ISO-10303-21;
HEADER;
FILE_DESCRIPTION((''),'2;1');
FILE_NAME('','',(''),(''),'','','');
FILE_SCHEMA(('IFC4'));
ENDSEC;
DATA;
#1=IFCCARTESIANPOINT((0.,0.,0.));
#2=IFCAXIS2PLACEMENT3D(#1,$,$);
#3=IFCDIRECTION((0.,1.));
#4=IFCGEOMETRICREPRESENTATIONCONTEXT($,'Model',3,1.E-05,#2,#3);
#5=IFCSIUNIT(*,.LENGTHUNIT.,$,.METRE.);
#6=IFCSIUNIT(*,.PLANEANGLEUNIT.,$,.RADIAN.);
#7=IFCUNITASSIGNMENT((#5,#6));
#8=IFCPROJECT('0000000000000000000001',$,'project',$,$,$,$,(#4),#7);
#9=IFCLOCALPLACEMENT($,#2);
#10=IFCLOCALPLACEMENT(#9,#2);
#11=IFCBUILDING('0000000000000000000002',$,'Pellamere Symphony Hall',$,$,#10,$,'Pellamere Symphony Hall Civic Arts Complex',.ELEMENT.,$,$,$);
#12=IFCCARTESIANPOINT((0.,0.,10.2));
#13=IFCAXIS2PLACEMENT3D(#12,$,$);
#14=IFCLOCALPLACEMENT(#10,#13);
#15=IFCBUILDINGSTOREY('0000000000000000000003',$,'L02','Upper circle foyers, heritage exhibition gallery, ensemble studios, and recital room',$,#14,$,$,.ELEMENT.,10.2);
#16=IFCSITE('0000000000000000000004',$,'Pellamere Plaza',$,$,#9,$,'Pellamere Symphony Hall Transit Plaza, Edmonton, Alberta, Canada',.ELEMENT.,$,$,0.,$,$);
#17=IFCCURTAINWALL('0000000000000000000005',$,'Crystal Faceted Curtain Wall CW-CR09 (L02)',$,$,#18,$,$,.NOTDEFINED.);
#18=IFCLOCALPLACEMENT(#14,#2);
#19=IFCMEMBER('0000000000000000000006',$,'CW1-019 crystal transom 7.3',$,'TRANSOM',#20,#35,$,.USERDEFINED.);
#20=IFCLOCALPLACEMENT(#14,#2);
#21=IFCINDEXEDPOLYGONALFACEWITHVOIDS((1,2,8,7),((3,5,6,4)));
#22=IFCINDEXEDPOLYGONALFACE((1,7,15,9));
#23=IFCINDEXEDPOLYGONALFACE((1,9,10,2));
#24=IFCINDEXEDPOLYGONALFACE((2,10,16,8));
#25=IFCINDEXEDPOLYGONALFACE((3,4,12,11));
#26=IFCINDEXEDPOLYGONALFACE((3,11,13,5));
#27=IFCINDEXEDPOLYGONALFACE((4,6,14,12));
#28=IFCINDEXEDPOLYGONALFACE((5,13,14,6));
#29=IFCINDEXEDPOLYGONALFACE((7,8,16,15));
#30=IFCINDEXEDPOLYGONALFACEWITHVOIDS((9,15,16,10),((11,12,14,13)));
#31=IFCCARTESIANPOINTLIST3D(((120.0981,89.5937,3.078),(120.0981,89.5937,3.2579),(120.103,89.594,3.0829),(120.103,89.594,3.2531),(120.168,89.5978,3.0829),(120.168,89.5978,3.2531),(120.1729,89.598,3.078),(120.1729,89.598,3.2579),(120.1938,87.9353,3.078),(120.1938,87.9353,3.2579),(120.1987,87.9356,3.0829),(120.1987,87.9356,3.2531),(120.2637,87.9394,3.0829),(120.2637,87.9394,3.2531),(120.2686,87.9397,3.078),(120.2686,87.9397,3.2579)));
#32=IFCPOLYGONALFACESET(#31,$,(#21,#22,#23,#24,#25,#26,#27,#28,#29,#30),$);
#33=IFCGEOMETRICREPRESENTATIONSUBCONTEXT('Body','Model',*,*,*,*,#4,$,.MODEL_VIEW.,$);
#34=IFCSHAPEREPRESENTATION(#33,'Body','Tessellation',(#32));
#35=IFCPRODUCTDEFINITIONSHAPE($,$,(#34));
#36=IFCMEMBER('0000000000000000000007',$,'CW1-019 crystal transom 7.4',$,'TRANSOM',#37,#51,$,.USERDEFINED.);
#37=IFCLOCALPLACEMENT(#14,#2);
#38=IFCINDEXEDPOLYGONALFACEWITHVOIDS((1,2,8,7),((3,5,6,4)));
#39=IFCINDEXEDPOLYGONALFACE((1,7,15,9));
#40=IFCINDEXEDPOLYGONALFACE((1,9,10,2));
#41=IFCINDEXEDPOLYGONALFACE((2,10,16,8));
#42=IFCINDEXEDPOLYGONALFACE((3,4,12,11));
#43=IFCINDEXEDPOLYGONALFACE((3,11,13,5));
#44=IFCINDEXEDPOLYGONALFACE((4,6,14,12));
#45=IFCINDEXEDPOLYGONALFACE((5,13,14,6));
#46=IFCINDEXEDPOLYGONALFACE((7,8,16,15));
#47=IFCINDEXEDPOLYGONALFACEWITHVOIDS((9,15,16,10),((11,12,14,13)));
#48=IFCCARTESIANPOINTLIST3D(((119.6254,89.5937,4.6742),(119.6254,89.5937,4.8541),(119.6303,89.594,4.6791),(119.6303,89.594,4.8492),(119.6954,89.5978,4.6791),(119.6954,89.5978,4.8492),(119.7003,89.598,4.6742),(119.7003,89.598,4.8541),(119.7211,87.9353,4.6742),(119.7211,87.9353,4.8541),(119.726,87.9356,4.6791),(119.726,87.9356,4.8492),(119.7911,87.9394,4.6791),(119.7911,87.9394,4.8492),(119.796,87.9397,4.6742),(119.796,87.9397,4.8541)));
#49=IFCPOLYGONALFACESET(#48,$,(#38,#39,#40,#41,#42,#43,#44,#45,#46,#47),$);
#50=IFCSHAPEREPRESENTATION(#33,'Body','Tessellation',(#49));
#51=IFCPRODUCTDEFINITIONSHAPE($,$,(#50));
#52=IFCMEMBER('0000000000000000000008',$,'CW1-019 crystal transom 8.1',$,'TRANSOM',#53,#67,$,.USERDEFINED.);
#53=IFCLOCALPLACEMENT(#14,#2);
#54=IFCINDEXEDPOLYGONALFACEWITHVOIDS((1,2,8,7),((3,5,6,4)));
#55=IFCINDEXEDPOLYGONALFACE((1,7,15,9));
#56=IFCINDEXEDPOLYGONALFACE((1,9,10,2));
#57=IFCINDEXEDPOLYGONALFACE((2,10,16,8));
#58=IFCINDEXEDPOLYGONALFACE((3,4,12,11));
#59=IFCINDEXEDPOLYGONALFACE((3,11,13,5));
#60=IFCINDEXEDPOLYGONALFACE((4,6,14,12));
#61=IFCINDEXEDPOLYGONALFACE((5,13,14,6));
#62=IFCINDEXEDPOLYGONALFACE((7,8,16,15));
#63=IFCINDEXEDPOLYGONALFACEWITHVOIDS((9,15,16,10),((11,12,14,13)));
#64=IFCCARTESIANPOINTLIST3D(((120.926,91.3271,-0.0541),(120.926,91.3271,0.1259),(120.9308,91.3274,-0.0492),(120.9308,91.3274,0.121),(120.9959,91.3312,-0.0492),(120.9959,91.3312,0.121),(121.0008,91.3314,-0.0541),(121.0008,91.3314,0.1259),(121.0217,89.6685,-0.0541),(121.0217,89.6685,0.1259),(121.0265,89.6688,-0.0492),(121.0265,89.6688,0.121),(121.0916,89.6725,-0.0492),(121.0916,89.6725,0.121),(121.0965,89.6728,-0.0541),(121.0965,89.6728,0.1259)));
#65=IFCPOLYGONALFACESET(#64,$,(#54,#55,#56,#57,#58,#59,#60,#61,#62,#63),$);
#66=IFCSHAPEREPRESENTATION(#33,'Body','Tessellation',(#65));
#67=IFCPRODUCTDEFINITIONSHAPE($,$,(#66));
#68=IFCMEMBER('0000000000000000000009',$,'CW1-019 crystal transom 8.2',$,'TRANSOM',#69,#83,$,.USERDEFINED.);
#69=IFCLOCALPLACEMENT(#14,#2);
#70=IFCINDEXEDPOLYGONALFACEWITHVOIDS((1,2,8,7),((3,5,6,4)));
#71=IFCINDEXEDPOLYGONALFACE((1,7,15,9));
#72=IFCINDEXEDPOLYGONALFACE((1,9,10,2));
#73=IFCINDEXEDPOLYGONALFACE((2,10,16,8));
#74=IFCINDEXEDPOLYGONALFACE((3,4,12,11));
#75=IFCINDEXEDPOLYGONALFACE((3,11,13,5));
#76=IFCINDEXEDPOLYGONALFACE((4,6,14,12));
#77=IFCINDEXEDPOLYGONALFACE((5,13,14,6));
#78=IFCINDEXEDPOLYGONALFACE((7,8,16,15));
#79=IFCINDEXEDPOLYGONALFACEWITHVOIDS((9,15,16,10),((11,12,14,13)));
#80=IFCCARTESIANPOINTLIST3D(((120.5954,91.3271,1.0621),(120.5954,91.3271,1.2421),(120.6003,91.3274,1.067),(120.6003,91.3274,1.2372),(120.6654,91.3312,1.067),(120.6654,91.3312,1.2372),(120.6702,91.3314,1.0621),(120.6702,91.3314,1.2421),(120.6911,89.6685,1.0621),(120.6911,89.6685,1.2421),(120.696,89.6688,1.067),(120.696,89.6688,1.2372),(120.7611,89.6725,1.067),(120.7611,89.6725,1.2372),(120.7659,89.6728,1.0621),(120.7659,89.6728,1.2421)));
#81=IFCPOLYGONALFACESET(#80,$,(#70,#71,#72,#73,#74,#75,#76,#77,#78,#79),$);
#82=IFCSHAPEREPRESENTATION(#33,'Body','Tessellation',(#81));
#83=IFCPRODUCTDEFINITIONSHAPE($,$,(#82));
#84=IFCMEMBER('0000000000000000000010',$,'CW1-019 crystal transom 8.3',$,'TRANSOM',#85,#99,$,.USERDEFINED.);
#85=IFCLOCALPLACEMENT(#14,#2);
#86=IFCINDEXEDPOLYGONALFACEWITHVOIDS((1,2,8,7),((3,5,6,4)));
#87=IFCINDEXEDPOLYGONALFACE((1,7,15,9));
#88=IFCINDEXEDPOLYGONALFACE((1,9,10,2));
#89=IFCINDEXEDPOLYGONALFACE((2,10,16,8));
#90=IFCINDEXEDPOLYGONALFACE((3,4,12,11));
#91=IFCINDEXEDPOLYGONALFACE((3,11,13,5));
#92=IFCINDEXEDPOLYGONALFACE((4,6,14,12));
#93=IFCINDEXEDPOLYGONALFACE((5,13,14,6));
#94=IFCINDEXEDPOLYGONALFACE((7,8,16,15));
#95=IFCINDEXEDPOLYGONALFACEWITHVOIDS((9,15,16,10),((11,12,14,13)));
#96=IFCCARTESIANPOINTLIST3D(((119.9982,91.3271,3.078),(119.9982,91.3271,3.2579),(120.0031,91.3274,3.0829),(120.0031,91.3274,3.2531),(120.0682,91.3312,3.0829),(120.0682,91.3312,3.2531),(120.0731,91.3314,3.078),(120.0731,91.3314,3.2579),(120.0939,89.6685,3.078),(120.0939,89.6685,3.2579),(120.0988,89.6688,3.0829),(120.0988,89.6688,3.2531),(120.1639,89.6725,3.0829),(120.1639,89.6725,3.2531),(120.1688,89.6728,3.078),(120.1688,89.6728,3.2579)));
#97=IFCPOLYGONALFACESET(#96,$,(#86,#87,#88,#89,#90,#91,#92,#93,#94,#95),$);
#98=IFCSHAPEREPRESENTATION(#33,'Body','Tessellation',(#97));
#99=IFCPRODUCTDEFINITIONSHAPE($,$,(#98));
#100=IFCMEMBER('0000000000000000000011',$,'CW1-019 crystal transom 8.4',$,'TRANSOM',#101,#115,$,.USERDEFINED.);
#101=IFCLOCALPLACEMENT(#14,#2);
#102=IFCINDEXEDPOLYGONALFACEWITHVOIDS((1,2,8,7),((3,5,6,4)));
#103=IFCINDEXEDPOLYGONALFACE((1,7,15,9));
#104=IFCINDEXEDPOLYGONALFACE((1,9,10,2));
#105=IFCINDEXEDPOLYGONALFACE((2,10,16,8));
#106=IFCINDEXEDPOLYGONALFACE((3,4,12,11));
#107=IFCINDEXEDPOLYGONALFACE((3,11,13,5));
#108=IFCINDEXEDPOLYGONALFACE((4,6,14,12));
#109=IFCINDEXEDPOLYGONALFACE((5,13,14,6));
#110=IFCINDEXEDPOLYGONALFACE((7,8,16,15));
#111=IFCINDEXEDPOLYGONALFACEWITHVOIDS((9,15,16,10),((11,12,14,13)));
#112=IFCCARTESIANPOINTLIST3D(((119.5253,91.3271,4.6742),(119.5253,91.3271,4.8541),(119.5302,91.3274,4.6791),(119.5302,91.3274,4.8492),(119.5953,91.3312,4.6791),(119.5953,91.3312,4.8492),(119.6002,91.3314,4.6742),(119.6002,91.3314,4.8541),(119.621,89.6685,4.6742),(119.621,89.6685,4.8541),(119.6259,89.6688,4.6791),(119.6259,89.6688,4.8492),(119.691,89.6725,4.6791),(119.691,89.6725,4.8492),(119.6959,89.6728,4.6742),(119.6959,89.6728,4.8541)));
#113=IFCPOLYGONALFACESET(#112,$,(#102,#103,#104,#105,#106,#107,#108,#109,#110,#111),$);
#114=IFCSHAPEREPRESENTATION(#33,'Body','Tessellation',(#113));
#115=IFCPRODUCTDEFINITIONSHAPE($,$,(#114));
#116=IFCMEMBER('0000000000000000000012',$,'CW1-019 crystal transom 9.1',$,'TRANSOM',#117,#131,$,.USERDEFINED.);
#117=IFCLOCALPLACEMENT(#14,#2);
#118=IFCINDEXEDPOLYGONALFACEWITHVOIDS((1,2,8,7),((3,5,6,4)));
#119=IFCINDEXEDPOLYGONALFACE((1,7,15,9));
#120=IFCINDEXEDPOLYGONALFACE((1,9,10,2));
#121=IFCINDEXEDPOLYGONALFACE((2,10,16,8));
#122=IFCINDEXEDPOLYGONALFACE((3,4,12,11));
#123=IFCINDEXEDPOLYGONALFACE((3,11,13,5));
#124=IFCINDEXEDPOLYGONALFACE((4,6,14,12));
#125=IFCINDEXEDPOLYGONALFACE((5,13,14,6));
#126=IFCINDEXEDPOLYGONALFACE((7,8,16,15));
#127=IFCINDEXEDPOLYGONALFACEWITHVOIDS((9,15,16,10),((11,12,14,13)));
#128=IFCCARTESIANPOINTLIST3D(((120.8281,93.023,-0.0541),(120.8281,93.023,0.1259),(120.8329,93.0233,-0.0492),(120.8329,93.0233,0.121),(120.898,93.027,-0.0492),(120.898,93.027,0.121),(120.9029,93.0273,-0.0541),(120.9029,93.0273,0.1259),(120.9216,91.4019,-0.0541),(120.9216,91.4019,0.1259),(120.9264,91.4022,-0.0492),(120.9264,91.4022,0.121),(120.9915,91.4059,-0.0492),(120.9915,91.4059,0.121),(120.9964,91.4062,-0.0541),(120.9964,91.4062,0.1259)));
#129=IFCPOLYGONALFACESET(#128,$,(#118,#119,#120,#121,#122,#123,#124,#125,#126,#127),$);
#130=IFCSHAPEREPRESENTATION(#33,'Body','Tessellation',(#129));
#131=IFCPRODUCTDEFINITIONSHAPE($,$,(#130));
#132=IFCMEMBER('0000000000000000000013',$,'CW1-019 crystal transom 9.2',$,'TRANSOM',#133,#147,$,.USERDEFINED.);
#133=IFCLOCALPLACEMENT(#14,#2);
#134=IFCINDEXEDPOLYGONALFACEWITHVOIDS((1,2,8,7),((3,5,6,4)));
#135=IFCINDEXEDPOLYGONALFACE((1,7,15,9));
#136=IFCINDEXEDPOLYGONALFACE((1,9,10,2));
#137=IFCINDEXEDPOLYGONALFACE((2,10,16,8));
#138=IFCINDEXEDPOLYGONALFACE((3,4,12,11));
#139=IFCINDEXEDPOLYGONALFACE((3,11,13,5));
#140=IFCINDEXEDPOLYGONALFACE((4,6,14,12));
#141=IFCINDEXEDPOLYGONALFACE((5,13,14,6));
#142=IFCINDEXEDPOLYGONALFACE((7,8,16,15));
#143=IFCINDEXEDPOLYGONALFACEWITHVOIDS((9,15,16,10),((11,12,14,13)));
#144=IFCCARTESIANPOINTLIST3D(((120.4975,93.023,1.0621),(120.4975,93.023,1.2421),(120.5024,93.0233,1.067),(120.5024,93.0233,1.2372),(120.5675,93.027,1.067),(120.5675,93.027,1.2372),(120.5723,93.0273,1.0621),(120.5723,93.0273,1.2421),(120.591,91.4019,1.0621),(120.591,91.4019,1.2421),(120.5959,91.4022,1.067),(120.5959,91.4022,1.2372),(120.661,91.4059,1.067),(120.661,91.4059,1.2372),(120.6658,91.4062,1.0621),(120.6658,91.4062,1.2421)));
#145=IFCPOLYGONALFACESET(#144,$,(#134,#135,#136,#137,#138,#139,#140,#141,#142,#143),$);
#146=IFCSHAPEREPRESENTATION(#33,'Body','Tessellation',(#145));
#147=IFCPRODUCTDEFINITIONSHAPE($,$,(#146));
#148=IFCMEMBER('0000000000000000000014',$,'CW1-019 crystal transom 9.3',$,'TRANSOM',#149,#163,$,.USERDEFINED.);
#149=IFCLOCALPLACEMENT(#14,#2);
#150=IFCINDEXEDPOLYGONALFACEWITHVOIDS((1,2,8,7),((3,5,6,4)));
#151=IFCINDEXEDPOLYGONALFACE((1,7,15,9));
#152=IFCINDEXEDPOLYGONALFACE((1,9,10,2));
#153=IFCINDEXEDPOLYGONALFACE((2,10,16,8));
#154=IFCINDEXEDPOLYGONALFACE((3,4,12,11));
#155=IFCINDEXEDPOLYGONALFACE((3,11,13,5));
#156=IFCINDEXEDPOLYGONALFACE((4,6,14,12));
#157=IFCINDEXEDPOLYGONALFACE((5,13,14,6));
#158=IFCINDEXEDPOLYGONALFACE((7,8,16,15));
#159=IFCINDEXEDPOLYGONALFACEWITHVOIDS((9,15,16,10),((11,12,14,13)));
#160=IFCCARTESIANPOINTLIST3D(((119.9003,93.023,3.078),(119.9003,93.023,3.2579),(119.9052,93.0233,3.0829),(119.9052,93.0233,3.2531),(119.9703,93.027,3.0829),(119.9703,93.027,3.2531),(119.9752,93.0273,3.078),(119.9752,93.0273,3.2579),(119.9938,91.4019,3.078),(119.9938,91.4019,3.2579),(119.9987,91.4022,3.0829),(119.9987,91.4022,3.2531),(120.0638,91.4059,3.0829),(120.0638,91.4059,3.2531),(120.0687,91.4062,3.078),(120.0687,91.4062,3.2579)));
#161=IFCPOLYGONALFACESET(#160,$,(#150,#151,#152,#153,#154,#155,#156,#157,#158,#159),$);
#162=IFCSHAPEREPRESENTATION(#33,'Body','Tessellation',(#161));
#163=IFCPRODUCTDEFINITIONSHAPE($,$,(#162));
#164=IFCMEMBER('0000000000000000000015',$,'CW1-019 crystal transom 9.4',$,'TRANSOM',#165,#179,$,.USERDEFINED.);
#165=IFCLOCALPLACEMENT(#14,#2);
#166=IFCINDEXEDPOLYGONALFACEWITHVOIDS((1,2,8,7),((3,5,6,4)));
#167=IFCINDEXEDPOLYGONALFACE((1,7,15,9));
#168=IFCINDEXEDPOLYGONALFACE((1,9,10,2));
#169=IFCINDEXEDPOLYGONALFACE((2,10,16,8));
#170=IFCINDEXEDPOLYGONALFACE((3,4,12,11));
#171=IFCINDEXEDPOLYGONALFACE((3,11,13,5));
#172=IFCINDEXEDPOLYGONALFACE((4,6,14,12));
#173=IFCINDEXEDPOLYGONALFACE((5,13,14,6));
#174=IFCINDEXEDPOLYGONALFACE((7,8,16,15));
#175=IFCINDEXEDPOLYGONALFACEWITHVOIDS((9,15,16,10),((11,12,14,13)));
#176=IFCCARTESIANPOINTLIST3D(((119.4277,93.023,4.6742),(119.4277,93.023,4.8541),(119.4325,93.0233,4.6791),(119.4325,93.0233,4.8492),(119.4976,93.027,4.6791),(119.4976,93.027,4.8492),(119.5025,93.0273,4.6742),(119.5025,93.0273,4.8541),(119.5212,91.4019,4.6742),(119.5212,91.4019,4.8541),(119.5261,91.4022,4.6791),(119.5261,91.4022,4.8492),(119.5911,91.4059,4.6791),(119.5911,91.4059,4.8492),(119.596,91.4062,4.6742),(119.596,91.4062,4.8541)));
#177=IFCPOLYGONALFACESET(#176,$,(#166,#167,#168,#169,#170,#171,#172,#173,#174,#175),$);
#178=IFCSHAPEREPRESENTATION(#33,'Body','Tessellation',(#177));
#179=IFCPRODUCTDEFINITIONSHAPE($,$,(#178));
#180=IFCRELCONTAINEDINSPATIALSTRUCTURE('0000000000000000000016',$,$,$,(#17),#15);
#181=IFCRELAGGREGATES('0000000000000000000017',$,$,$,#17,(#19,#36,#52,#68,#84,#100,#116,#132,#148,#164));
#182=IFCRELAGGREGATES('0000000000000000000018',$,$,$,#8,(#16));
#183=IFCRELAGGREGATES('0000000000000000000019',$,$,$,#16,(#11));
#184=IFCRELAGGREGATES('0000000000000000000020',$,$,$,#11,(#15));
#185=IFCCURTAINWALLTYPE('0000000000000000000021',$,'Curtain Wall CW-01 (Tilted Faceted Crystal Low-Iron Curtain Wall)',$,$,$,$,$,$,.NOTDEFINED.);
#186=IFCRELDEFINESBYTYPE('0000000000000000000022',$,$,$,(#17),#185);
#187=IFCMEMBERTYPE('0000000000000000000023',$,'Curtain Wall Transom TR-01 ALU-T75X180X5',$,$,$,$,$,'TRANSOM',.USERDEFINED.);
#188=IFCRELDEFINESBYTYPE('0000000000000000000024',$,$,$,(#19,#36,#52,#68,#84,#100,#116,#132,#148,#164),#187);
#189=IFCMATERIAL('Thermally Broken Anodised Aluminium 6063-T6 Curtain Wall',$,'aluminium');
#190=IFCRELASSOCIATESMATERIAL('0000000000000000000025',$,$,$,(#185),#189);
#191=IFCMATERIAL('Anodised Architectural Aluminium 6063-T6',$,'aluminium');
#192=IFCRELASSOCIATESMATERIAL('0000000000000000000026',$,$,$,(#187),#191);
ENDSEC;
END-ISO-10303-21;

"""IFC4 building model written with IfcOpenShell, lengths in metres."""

from ifc_helpers import new_model, si_unit, direction, frame, origin, origin_2d, place, context, subcontext, project, spatial, hollow_rectangle, extrude, material, material_profile, profile_set, type_object, element, aggregate, save


model = new_model("IFC4")

# Units and contexts
model_context = context("Model", 3, precision=1e-05, world=origin(), true_north=direction((0.0, 1.0)))
body_context = subcontext(model_context, "Body", "Model", "MODEL_VIEW")
ifc_project = project(units=[si_unit("LENGTHUNIT", "METRE"), si_unit("PLANEANGLEUNIT", "RADIAN")], contexts=[model_context])

# Site, building, storey
site_placement = place(None, origin())
site = spatial("IfcSite", under=ifc_project, at=site_placement, Name="Pellamere Plaza", LongName="Pellamere Symphony Hall Transit Plaza, Edmonton, Alberta, Canada", CompositionType="ELEMENT", RefElevation=0.0)
building_placement = place(site_placement, origin())
building = spatial("IfcBuilding", under=site, at=building_placement, Name="Pellamere Symphony Hall", LongName="Pellamere Symphony Hall Civic Arts Complex", CompositionType="ELEMENT")
storey_placement = place(building_placement, frame((0.0, 0.0, 10.2)))
storey = spatial("IfcBuildingStorey", under=building, at=storey_placement, Name="L02", Description="Upper circle foyers, heritage exhibition gallery, ensemble studios, and recital room", CompositionType="ELEMENT", Elevation=10.2)

# Curtain wall, members
ifc_material_1 = material(Name="Thermally Broken Anodised Aluminium 6063-T6 Curtain Wall", Category="aluminium")
curtain_wall_type = type_object("IfcCurtainWallType", Name="Curtain Wall CW-01 (Tilted Faceted Crystal Low-Iron Curtain Wall)", PredefinedType="NOTDEFINED", material=ifc_material_1)
curtain_wall_placement = place(storey_placement, origin())
curtain_wall = element("IfcCurtainWall", 1, at=curtain_wall_placement, inside=storey, type_object=curtain_wall_type, Name="Crystal Faceted Curtain Wall CW-CR09 (L02)", PredefinedType="NOTDEFINED")
ifc_material_2 = material(Name="Anodised Architectural Aluminium 6063-T6", Category="aluminium")
ifc_material_profile_1 = material_profile(ifc_material_2, hollow_rectangle(XDim=0.075, YDim=0.1799, WallThickness=0.0049, at=origin_2d()), Name="ALU-T75X180X5")
ifc_profile_set_1 = profile_set([ifc_material_profile_1], Name="Anodised Architectural Aluminium 6063-T6")
member_type_1 = type_object("IfcMemberType", Name="Curtain Wall Transom TR-01 ALU-T75X180X5", ElementType="TRANSOM", PredefinedType="USERDEFINED", material=ifc_profile_set_1)
member_1_placement = place(storey_placement, frame((120.2312, 87.9375, 3.168), z_axis=(-0.057611, 0.998339, 0.0), x_axis=(-0.998339, -0.057611, 0.0)))
member_1 = element("IfcMember", 2, at=member_1_placement, type_object=member_type_1, Name="CW1-019 crystal transom 7.3", ObjectType="TRANSOM", PredefinedType="USERDEFINED", context=body_context, shape_type="SweptSolid", body=[
    extrude(hollow_rectangle(XDim=0.075, YDim=0.1799, WallThickness=0.0049, at=origin_2d()), origin(), (0.0, 0.0, 1.0), 1.6611),
])
member_2_placement = place(storey_placement, frame((119.7585, 87.9375, 4.7642), z_axis=(-0.057611, 0.998339, 0.0), x_axis=(-0.998339, -0.057611, 0.0)))
member_2 = element("IfcMember", 3, at=member_2_placement, type_object=member_type_1, Name="CW1-019 crystal transom 7.4", ObjectType="TRANSOM", PredefinedType="USERDEFINED", context=body_context, shape_type="SweptSolid", body=[
    extrude(hollow_rectangle(XDim=0.075, YDim=0.1799, WallThickness=0.0049, at=origin_2d()), origin(), (0.0, 0.0, 1.0), 1.6611),
])
member_3_placement = place(storey_placement, frame((121.0591, 89.6707, 0.0359), z_axis=(-0.057602, 0.99834, 0.0), x_axis=(-0.99834, -0.057602, 0.0)))
member_3 = element("IfcMember", 4, at=member_3_placement, type_object=member_type_1, Name="CW1-019 crystal transom 8.1", ObjectType="TRANSOM", PredefinedType="USERDEFINED", context=body_context, shape_type="SweptSolid", body=[
    extrude(hollow_rectangle(XDim=0.075, YDim=0.1799, WallThickness=0.0049, at=origin_2d()), origin(), (0.0, 0.0, 1.0), 1.6614),
])
member_4_placement = place(storey_placement, frame((120.7285, 89.6707, 1.1521), z_axis=(-0.057602, 0.99834, 0.0), x_axis=(-0.99834, -0.057602, 0.0)))
member_4 = element("IfcMember", 5, at=member_4_placement, type_object=member_type_1, Name="CW1-019 crystal transom 8.2", ObjectType="TRANSOM", PredefinedType="USERDEFINED", context=body_context, shape_type="SweptSolid", body=[
    extrude(hollow_rectangle(XDim=0.075, YDim=0.1799, WallThickness=0.0049, at=origin_2d()), origin(), (0.0, 0.0, 1.0), 1.6614),
])
member_5_placement = place(storey_placement, frame((120.1313, 89.6707, 3.168), z_axis=(-0.057602, 0.99834, 0.0), x_axis=(-0.99834, -0.057602, 0.0)))
member_5 = element("IfcMember", 6, at=member_5_placement, type_object=member_type_1, Name="CW1-019 crystal transom 8.3", ObjectType="TRANSOM", PredefinedType="USERDEFINED", context=body_context, shape_type="SweptSolid", body=[
    extrude(hollow_rectangle(XDim=0.075, YDim=0.1799, WallThickness=0.0049, at=origin_2d()), origin(), (0.0, 0.0, 1.0), 1.6614),
])
member_6_placement = place(storey_placement, frame((119.6584, 89.6707, 4.7642), z_axis=(-0.057602, 0.99834, 0.0), x_axis=(-0.99834, -0.057602, 0.0)))
member_6 = element("IfcMember", 7, at=member_6_placement, type_object=member_type_1, Name="CW1-019 crystal transom 8.4", ObjectType="TRANSOM", PredefinedType="USERDEFINED", context=body_context, shape_type="SweptSolid", body=[
    extrude(hollow_rectangle(XDim=0.075, YDim=0.1799, WallThickness=0.0049, at=origin_2d()), origin(), (0.0, 0.0, 1.0), 1.6614),
])
member_7_placement = place(storey_placement, frame((120.959, 91.4041, 0.0359), z_axis=(-0.057585, 0.998341, 0.0), x_axis=(-0.998341, -0.057585, 0.0)))
member_7 = element("IfcMember", 8, at=member_7_placement, type_object=member_type_1, Name="CW1-019 crystal transom 9.1", ObjectType="TRANSOM", PredefinedType="USERDEFINED", context=body_context, shape_type="SweptSolid", body=[
    extrude(hollow_rectangle(XDim=0.075, YDim=0.1799, WallThickness=0.0049, at=origin_2d()), origin(), (0.0, 0.0, 1.0), 1.6238),
])
member_8_placement = place(storey_placement, frame((120.6284, 91.4041, 1.1521), z_axis=(-0.057585, 0.998341, 0.0), x_axis=(-0.998341, -0.057585, 0.0)))
member_8 = element("IfcMember", 9, at=member_8_placement, type_object=member_type_1, Name="CW1-019 crystal transom 9.2", ObjectType="TRANSOM", PredefinedType="USERDEFINED", context=body_context, shape_type="SweptSolid", body=[
    extrude(hollow_rectangle(XDim=0.075, YDim=0.1799, WallThickness=0.0049, at=origin_2d()), origin(), (0.0, 0.0, 1.0), 1.6238),
])
member_9_placement = place(storey_placement, frame((120.0312, 91.4041, 3.168), z_axis=(-0.057585, 0.998341, 0.0), x_axis=(-0.998341, -0.057585, 0.0)))
member_9 = element("IfcMember", 10, at=member_9_placement, type_object=member_type_1, Name="CW1-019 crystal transom 9.3", ObjectType="TRANSOM", PredefinedType="USERDEFINED", context=body_context, shape_type="SweptSolid", body=[
    extrude(hollow_rectangle(XDim=0.075, YDim=0.1799, WallThickness=0.0049, at=origin_2d()), origin(), (0.0, 0.0, 1.0), 1.6238),
])
member_10_placement = place(storey_placement, frame((119.5586, 91.4041, 4.7642), z_axis=(-0.057585, 0.998341, 0.0), x_axis=(-0.998341, -0.057585, 0.0)))
member_10 = element("IfcMember", 11, at=member_10_placement, type_object=member_type_1, Name="CW1-019 crystal transom 9.4", ObjectType="TRANSOM", PredefinedType="USERDEFINED", context=body_context, shape_type="SweptSolid", body=[
    extrude(hollow_rectangle(XDim=0.075, YDim=0.1799, WallThickness=0.0049, at=origin_2d()), origin(), (0.0, 0.0, 1.0), 1.6238),
])

aggregate(curtain_wall, [member_1, member_2, member_3, member_4, member_5, member_6, member_7, member_8, member_9, member_10])

save(model, "model.ifc")
